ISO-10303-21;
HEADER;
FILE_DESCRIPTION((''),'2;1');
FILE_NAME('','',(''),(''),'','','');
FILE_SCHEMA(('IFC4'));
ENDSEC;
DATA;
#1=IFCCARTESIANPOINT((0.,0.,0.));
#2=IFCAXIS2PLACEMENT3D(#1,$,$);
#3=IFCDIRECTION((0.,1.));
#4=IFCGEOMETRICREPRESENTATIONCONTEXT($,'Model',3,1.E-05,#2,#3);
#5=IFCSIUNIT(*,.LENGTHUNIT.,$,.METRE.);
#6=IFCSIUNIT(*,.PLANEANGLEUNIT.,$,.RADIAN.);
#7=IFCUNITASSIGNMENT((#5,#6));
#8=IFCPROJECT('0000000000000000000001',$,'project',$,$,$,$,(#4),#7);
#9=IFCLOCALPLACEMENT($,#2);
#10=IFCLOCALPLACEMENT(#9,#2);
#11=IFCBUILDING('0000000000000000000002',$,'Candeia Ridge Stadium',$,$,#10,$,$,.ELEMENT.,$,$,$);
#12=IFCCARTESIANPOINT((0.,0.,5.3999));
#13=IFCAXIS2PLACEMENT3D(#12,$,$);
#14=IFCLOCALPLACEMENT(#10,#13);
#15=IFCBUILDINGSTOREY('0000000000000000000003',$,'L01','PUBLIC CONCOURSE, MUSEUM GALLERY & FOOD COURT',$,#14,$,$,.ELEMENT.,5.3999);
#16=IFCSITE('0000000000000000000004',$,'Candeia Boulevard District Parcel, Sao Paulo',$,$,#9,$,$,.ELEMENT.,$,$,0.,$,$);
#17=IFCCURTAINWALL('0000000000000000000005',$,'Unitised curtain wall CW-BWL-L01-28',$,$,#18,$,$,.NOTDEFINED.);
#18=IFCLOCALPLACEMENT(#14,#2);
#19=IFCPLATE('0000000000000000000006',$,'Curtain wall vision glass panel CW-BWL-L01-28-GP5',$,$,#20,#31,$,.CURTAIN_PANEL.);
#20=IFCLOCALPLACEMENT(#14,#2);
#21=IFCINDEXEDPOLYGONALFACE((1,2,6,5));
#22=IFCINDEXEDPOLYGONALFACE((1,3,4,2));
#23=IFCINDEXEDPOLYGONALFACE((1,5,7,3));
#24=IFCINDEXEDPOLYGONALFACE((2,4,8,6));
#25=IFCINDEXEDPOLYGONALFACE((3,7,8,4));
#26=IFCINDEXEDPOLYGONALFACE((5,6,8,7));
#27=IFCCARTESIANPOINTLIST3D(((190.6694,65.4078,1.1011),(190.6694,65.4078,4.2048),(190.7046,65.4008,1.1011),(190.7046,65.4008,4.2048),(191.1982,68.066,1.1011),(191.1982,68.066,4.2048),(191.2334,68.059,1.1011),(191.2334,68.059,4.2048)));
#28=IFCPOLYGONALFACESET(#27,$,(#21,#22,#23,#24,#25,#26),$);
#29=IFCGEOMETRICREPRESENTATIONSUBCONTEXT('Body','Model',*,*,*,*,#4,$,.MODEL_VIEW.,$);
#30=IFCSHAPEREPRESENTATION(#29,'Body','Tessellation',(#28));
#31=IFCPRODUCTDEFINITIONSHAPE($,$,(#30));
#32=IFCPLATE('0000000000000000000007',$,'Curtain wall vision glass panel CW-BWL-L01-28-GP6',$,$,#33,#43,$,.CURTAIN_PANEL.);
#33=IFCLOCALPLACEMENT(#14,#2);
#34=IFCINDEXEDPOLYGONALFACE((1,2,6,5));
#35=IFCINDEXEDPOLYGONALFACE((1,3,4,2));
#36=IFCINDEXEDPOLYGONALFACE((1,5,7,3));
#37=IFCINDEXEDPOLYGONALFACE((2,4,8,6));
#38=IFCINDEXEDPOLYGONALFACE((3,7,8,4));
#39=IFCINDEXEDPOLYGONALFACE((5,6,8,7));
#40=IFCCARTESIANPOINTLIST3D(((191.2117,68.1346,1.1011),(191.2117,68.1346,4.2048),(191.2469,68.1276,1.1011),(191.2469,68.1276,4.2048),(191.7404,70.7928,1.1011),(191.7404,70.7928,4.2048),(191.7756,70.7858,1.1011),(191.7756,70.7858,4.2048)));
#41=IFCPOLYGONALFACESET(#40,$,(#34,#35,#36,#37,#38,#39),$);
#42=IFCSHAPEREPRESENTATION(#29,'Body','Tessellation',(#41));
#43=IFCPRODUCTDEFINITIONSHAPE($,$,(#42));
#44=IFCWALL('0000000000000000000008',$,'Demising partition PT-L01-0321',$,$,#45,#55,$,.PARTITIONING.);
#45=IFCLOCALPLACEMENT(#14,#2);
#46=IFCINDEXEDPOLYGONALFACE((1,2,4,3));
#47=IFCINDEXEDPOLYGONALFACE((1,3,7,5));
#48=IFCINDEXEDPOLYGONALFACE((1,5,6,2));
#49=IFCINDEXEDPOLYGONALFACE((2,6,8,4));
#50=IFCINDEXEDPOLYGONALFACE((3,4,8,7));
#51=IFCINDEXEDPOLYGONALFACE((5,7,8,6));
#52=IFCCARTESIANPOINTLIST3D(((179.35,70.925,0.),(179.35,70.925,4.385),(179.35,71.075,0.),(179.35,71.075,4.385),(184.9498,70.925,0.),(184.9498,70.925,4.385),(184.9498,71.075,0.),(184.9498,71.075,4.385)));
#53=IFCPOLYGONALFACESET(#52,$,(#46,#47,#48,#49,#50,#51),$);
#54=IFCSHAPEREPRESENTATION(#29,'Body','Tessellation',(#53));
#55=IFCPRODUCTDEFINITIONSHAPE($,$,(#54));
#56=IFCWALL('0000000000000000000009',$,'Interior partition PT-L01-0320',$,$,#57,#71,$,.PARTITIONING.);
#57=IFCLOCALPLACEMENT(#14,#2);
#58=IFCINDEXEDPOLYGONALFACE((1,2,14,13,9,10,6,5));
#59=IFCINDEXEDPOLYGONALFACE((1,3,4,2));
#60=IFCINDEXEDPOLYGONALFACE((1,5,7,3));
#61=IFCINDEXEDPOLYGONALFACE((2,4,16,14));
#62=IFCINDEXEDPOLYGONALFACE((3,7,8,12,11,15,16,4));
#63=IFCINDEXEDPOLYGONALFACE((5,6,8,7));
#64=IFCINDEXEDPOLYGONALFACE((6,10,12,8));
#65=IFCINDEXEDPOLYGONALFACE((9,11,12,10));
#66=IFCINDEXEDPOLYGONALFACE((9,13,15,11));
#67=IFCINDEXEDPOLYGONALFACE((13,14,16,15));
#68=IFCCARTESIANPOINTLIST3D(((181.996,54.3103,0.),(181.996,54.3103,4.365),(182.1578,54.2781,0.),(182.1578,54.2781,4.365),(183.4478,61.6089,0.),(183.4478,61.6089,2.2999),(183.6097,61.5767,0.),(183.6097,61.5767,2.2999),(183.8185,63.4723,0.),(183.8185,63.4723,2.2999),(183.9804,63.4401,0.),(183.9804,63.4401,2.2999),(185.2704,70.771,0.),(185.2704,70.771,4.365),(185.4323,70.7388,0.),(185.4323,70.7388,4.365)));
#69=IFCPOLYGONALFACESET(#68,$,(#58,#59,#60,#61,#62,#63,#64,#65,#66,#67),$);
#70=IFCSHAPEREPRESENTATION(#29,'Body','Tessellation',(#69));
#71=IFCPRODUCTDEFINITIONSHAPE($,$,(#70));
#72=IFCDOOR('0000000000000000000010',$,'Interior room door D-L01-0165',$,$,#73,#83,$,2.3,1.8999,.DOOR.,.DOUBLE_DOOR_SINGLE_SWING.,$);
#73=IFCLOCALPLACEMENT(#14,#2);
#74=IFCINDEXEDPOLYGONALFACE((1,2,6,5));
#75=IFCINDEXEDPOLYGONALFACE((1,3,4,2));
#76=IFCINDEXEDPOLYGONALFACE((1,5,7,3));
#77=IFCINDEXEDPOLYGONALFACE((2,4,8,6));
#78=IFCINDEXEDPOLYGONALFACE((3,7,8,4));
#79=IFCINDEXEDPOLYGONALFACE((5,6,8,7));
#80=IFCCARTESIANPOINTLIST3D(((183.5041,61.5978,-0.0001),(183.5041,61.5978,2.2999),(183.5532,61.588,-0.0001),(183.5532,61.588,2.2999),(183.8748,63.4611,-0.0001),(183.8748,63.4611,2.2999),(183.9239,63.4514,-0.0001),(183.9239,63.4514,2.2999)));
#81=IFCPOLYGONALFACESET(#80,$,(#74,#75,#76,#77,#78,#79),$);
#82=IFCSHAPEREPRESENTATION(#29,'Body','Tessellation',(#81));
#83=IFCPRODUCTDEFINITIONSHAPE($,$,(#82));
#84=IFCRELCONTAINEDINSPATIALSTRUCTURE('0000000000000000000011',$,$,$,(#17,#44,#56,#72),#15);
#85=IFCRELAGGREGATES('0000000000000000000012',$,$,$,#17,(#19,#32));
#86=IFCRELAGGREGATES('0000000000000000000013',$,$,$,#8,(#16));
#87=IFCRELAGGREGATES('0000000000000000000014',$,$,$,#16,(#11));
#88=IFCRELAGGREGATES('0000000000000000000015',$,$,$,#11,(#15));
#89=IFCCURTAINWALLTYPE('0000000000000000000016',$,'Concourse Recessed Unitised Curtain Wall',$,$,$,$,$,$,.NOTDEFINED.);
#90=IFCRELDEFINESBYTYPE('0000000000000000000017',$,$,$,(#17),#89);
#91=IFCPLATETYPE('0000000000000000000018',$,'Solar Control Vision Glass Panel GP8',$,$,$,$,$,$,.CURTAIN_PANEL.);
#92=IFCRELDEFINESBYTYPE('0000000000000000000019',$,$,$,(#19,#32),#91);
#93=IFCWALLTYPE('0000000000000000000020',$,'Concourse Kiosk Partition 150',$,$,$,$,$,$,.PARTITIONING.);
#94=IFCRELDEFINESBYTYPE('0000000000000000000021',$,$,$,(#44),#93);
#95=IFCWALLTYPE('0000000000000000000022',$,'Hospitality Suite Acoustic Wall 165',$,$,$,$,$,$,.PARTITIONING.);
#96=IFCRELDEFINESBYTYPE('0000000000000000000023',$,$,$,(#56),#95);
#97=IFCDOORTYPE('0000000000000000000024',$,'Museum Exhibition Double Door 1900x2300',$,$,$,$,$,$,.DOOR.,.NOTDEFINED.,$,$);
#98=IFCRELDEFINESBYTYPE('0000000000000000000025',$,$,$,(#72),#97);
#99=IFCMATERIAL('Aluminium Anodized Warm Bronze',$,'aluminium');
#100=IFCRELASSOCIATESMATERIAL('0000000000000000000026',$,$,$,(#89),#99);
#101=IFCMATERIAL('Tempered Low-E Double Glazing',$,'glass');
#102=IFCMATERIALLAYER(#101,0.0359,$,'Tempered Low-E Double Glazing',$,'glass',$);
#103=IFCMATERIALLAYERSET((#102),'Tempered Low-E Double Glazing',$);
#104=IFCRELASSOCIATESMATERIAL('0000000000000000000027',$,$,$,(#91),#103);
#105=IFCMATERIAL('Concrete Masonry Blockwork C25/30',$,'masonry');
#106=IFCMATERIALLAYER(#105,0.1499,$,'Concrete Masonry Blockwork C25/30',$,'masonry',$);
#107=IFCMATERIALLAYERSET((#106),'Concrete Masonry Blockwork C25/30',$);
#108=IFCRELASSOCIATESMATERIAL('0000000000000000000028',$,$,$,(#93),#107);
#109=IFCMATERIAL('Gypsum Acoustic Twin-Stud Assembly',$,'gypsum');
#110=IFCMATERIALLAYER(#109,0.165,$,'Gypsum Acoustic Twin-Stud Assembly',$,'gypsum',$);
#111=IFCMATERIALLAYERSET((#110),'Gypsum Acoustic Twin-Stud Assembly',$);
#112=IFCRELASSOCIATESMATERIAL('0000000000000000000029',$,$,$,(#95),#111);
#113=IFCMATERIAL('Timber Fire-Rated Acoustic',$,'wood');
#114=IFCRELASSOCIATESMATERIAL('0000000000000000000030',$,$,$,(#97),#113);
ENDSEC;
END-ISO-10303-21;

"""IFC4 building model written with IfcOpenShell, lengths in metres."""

from ifc_helpers import new_model, si_unit, direction, frame, frame_2d, origin, origin_2d, place, context, subcontext, project, spatial, rectangle, extrude, material, layer, layer_set, type_object, element, fill, aggregate, save


model = new_model("IFC4")

# Units and contexts
model_context = context("Model", 3, precision=1e-05, world=origin(), true_north=direction((0.0, 1.0)))
body_context = subcontext(model_context, "Body", "Model", "MODEL_VIEW")
ifc_project = project(units=[si_unit("LENGTHUNIT", "METRE"), si_unit("PLANEANGLEUNIT", "RADIAN")], contexts=[model_context])

# Site, building, storey
site_placement = place(None, origin())
site = spatial("IfcSite", under=ifc_project, at=site_placement, Name="Candeia Boulevard District Parcel, Sao Paulo", CompositionType="ELEMENT", RefElevation=0.0)
building_placement = place(site_placement, origin())
building = spatial("IfcBuilding", under=site, at=building_placement, Name="Candeia Ridge Stadium", CompositionType="ELEMENT")
storey_placement = place(building_placement, frame((0.0, 0.0, 5.3999)))
storey = spatial("IfcBuildingStorey", under=building, at=storey_placement, Name="L01", Description="PUBLIC CONCOURSE, MUSEUM GALLERY & FOOD COURT", CompositionType="ELEMENT", Elevation=5.3999)

# Curtain wall
ifc_material_1 = material(Name="Aluminium Anodized Warm Bronze", Category="aluminium")
curtain_wall_type = type_object("IfcCurtainWallType", Name="Concourse Recessed Unitised Curtain Wall", PredefinedType="NOTDEFINED", material=ifc_material_1)
curtain_wall_placement = place(storey_placement, origin())
curtain_wall = element("IfcCurtainWall", 1, at=curtain_wall_placement, inside=storey, type_object=curtain_wall_type, Name="Unitised curtain wall CW-BWL-L01-28", PredefinedType="NOTDEFINED")

# Plates
ifc_material_2 = material(Name="Tempered Low-E Double Glazing", Category="glass")
ifc_layer_1 = layer(ifc_material_2, 0.0359, Name="Tempered Low-E Double Glazing", Category="glass")
ifc_layer_set_1 = layer_set([ifc_layer_1], Name="Tempered Low-E Double Glazing")
plate_type_1 = type_object("IfcPlateType", Name="Solar Control Vision Glass Panel GP8", PredefinedType="CURTAIN_PANEL", material=ifc_layer_set_1)
plate_1_placement = place(storey_placement, frame((190.9514, 66.7334, 1.1011), z_axis=(0.0, 0.0, 1.0), x_axis=(0.19509, 0.980785, 0.0)))
plate_1 = element("IfcPlate", 2, at=plate_1_placement, type_object=plate_type_1, Name="Curtain wall vision glass panel CW-BWL-L01-28-GP5", PredefinedType="CURTAIN_PANEL", context=body_context, shape_type="SweptSolid", body=[
    extrude(rectangle(XDim=2.7102, YDim=0.0359, at=origin_2d()), origin(), (0.0, 0.0, 1.0), 3.1038),
])
plate_2_placement = place(storey_placement, frame((191.4937, 69.4602, 1.1011), z_axis=(0.0, 0.0, 1.0), x_axis=(0.19509, 0.980785, 0.0)))
plate_2 = element("IfcPlate", 3, at=plate_2_placement, type_object=plate_type_1, Name="Curtain wall vision glass panel CW-BWL-L01-28-GP6", PredefinedType="CURTAIN_PANEL", context=body_context, shape_type="SweptSolid", body=[
    extrude(rectangle(XDim=2.7102, YDim=0.0359, at=origin_2d()), origin(), (0.0, 0.0, 1.0), 3.1038),
])
aggregate(curtain_wall, [plate_1, plate_2])

# Wall
ifc_material_3 = material(Name="Concrete Masonry Blockwork C25/30", Category="masonry")
ifc_layer_2 = layer(ifc_material_3, 0.1499, Name="Concrete Masonry Blockwork C25/30", Category="masonry")
ifc_layer_set_2 = layer_set([ifc_layer_2], Name="Concrete Masonry Blockwork C25/30")
wall_type_1 = type_object("IfcWallType", Name="Concourse Kiosk Partition 150", PredefinedType="PARTITIONING", material=ifc_layer_set_2)
wall_1_placement = place(storey_placement, frame((179.3501, 71.0, 0.0), z_axis=(0.0, 0.0, 1.0), x_axis=(1.0, 0.0, 0.0)))
element("IfcWall", 4, at=wall_1_placement, inside=storey, type_object=wall_type_1, Name="Demising partition PT-L01-0321", PredefinedType="PARTITIONING", context=body_context, shape_type="SweptSolid", body=[
    extrude(rectangle(XDim=5.5999, YDim=0.1499, at=frame_2d((2.7998, 0.0))), origin(), (0.0, 0.0, 1.0), 4.385),
])

# Wall, opening, door
ifc_material_4 = material(Name="Gypsum Acoustic Twin-Stud Assembly", Category="gypsum")
ifc_layer_3 = layer(ifc_material_4, 0.165, Name="Gypsum Acoustic Twin-Stud Assembly", Category="gypsum")
ifc_layer_set_3 = layer_set([ifc_layer_3], Name="Gypsum Acoustic Twin-Stud Assembly")
wall_type_2 = type_object("IfcWallType", Name="Hospitality Suite Acoustic Wall 165", PredefinedType="PARTITIONING", material=ifc_layer_set_3)
wall_2_placement = place(storey_placement, frame((185.3513, 70.7549, 0.0), z_axis=(0.0, 0.0, 1.0), x_axis=(-0.195101, -0.980783, 0.0)))
wall_2 = element("IfcWall", 5, at=wall_2_placement, inside=storey, type_object=wall_type_2, Name="Interior partition PT-L01-0320", PredefinedType="PARTITIONING", context=body_context, shape_type="SweptSolid", body=[
    extrude(rectangle(XDim=16.7832, YDim=0.165, at=frame_2d((8.3916, 0.0))), origin(), (0.0, 0.0, 1.0), 4.365),
])
opening_placement = place(wall_2_placement, frame((7.4417, 0.0, 0.0)))
opening = element("IfcOpeningElement", 6, at=opening_placement, cuts=wall_2, PredefinedType="OPENING", context=body_context, shape_type="SweptSolid", body=[
    extrude(rectangle(XDim=1.8999, YDim=2.3, at=frame_2d((0.95, 1.1499))), frame((0.0, 0.0925, 0.0), z_axis=(0.0, -1.0, 0.0), x_axis=(1.0, 0.0, 0.0)), (0.0, 0.0, 1.0), 0.1851),
])
ifc_material_5 = material(Name="Timber Fire-Rated Acoustic", Category="wood")
door_type = type_object("IfcDoorType", Name="Museum Exhibition Double Door 1900x2300", OperationType="NOTDEFINED", PredefinedType="DOOR", material=ifc_material_5)
door_placement = place(opening_placement, origin())
door = element("IfcDoor", 7, at=door_placement, inside=storey, type_object=door_type, Name="Interior room door D-L01-0165", OperationType="DOUBLE_DOOR_SINGLE_SWING", OverallHeight=2.3, OverallWidth=1.8999, PredefinedType="DOOR", context=body_context, shape_type="SweptSolid", body=[
    extrude(rectangle(XDim=1.8999, YDim=2.3, at=frame_2d((0.95, 1.1499))), frame((0.0, 0.0249, 0.0), z_axis=(0.0, -1.0, 0.0), x_axis=(1.0, 0.0, 0.0)), (0.0, 0.0, 1.0), 0.05),
])
fill(opening, door)

save(model, "model.ifc")
